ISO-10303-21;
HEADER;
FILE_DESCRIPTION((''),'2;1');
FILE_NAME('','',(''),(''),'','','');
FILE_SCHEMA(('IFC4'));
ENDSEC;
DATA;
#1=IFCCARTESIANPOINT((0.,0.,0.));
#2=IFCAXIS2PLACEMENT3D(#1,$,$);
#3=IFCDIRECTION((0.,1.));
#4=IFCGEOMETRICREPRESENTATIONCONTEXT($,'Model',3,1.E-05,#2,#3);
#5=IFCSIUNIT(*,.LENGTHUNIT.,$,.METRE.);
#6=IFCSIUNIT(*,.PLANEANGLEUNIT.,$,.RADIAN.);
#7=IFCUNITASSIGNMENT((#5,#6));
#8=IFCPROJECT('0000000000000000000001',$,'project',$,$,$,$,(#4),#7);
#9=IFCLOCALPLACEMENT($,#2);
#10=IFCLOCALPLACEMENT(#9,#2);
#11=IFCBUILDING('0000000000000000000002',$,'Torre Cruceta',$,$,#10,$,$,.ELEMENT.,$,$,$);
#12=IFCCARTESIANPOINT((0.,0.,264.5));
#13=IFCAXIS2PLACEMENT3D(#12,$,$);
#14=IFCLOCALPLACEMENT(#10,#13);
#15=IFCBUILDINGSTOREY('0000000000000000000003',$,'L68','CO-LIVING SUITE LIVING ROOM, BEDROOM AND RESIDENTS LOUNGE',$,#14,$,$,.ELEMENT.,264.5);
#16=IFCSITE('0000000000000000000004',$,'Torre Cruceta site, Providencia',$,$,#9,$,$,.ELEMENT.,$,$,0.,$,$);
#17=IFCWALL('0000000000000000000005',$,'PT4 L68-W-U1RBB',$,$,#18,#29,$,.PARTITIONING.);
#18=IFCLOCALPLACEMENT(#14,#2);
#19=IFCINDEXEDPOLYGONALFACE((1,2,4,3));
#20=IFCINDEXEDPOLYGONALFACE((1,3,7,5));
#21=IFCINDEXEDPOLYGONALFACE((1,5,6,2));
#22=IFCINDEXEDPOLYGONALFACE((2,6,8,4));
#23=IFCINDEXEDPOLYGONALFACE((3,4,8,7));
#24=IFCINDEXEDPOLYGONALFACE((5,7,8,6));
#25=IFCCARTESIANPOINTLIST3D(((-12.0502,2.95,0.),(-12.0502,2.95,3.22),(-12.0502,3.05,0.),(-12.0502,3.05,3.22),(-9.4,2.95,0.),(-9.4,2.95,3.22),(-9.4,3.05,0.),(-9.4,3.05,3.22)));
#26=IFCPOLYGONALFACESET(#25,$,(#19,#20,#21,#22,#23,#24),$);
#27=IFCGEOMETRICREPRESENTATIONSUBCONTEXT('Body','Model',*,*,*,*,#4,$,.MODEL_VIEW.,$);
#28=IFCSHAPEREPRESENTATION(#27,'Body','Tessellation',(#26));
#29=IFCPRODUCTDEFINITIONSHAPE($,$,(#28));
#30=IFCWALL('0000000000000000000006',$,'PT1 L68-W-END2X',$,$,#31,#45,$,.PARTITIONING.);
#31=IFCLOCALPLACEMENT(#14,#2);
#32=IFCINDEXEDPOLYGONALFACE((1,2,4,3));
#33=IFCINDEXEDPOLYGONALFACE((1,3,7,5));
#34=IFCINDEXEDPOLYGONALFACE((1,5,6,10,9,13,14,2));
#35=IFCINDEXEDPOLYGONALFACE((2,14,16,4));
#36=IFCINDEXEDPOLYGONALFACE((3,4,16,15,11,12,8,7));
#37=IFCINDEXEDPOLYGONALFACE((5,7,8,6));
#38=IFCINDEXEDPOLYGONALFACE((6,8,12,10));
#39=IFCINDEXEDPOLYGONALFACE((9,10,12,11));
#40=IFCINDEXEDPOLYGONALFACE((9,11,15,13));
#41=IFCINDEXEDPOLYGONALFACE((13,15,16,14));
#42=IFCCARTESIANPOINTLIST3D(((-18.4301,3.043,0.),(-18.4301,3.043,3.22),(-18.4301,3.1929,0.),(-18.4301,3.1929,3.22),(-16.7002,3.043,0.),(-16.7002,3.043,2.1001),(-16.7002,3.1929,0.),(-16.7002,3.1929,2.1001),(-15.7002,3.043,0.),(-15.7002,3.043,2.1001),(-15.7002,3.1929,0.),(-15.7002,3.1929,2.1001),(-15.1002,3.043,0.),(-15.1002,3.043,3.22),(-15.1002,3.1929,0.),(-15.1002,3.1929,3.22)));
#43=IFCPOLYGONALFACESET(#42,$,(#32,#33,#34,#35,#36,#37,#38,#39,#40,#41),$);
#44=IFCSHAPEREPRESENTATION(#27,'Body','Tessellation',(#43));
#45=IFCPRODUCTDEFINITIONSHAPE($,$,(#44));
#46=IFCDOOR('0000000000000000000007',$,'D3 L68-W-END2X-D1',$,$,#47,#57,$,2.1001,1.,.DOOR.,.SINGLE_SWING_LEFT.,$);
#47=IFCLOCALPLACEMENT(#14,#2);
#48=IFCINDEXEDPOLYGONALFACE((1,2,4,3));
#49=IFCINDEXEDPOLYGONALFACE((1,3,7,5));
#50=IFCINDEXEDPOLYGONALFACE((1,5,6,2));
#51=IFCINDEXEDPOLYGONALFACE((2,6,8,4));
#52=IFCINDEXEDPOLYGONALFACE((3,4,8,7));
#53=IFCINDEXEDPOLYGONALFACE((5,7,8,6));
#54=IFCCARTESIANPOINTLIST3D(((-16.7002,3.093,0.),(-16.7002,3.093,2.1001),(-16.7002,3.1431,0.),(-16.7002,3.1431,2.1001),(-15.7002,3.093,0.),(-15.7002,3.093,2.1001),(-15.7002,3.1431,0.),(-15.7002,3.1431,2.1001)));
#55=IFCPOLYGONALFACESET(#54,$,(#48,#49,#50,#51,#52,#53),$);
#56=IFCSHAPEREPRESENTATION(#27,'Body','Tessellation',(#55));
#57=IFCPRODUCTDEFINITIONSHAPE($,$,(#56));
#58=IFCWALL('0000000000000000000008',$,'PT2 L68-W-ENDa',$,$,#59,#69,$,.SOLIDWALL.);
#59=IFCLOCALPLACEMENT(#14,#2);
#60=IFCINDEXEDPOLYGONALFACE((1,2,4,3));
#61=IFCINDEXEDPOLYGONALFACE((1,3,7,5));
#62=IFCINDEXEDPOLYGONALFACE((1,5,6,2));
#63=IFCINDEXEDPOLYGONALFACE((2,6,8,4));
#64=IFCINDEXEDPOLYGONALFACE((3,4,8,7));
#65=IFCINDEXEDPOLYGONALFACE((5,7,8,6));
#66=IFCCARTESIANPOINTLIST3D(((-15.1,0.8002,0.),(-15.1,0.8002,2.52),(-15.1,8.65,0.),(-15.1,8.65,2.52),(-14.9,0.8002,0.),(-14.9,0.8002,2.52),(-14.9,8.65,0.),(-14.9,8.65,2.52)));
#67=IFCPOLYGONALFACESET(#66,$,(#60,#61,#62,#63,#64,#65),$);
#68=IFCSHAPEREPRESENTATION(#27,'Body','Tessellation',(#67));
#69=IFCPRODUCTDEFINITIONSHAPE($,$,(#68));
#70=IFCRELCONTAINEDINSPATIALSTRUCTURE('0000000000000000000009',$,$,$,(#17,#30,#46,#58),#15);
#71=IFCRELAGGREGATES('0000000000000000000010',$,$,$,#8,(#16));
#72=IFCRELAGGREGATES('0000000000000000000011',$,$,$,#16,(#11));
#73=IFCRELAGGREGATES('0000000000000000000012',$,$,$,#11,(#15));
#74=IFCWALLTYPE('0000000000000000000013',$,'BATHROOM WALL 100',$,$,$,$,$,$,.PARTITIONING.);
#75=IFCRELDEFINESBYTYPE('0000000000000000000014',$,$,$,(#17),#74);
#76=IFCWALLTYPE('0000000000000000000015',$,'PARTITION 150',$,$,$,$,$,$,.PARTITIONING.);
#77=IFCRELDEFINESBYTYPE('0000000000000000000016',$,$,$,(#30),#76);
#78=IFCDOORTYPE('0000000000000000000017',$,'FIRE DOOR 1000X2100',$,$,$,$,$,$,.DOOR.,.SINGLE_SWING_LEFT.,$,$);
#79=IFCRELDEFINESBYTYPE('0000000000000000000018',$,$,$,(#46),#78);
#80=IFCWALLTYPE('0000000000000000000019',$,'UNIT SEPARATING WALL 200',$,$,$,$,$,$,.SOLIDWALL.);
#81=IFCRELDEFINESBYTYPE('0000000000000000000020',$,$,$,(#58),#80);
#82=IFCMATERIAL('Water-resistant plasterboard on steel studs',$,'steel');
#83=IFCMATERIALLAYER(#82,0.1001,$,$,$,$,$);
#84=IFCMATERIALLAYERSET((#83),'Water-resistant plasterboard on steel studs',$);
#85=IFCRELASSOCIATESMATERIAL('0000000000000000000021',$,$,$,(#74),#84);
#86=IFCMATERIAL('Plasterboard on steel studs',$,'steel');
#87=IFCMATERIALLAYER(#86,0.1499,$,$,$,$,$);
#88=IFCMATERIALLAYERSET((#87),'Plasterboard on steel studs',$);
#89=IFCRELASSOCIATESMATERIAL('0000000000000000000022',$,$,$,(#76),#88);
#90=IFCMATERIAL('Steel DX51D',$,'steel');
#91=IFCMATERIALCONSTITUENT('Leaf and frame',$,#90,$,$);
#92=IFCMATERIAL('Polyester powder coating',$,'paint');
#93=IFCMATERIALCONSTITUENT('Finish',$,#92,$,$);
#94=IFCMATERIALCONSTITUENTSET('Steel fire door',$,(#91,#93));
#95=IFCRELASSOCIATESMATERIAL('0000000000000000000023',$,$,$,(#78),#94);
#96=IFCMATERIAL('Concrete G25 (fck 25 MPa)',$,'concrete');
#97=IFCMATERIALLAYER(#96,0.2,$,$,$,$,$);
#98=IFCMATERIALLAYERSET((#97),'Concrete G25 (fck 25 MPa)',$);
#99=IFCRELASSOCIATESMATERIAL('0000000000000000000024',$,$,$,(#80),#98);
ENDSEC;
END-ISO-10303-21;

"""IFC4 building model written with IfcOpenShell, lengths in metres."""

from ifc_helpers import new_model, si_unit, direction, frame, frame_2d, origin, place, context, subcontext, project, spatial, rectangle, extrude, material, layer, layer_set, constituent, constituent_set, type_object, element, fill, save


model = new_model("IFC4")

# Units and contexts
model_context = context("Model", 3, precision=1e-05, world=origin(), true_north=direction((0.0, 1.0)))
body_context = subcontext(model_context, "Body", "Model", "MODEL_VIEW")
ifc_project = project(units=[si_unit("LENGTHUNIT", "METRE"), si_unit("PLANEANGLEUNIT", "RADIAN")], contexts=[model_context])

# Site, building, storey
site_placement = place(None, origin())
site = spatial("IfcSite", under=ifc_project, at=site_placement, Name="Torre Cruceta site, Providencia", CompositionType="ELEMENT", RefElevation=0.0)
building_placement = place(site_placement, origin())
building = spatial("IfcBuilding", under=site, at=building_placement, Name="Torre Cruceta", CompositionType="ELEMENT")
storey_placement = place(building_placement, frame((0.0, 0.0, 264.5)))
storey = spatial("IfcBuildingStorey", under=building, at=storey_placement, Name="L68", Description="CO-LIVING SUITE LIVING ROOM, BEDROOM AND RESIDENTS LOUNGE", CompositionType="ELEMENT", Elevation=264.5)

# Wall
ifc_material_1 = material(Name="Water-resistant plasterboard on steel studs", Category="steel")
ifc_layer_1 = layer(ifc_material_1, 0.1001)
ifc_layer_set_1 = layer_set([ifc_layer_1], Name="Water-resistant plasterboard on steel studs")
wall_type_1 = type_object("IfcWallType", Name="BATHROOM WALL 100", PredefinedType="PARTITIONING", material=ifc_layer_set_1)
wall_1_placement = place(storey_placement, frame((-9.3999, 3.0, 0.0), z_axis=(0.0, 0.0, 1.0), x_axis=(-1.0, 0.0, 0.0)))
element("IfcWall", 1, at=wall_1_placement, inside=storey, type_object=wall_type_1, Name="PT4 L68-W-U1RBB", PredefinedType="PARTITIONING", context=body_context, shape_type="SweptSolid", body=[
    extrude(rectangle(XDim=2.6501, YDim=0.1001, at=frame_2d((1.3252, 0.0))), origin(), (0.0, 0.0, 1.0), 3.22),
])

# Wall, opening, door
ifc_material_2 = material(Name="Plasterboard on steel studs", Category="steel")
ifc_layer_2 = layer(ifc_material_2, 0.1499)
ifc_layer_set_2 = layer_set([ifc_layer_2], Name="Plasterboard on steel studs")
wall_type_2 = type_object("IfcWallType", Name="PARTITION 150", PredefinedType="PARTITIONING", material=ifc_layer_set_2)
wall_2_placement = place(storey_placement, frame((-15.1001, 3.1179, 0.0), z_axis=(0.0, 0.0, 1.0), x_axis=(-1.0, 0.0, 0.0)))
wall_2 = element("IfcWall", 2, at=wall_2_placement, inside=storey, type_object=wall_type_2, Name="PT1 L68-W-END2X", PredefinedType="PARTITIONING", context=body_context, shape_type="SweptSolid", body=[
    extrude(rectangle(XDim=3.3298, YDim=0.1499, at=frame_2d((1.665, 0.0))), origin(), (0.0, 0.0, 1.0), 3.22),
])
opening_1_placement = place(wall_2_placement, frame((0.6001, 0.0, 0.0)))
opening_1 = element("IfcOpeningElement", 3, at=opening_1_placement, cuts=wall_2, PredefinedType="OPENING", context=body_context, shape_type="SweptSolid", body=[
    extrude(rectangle(XDim=1.0, YDim=2.1001, at=frame_2d((0.5, 1.05))), frame((0.0, 0.085, 0.0), z_axis=(0.0, -1.0, 0.0), x_axis=(1.0, 0.0, 0.0)), (0.0, 0.0, 1.0), 0.1699),
])
ifc_material_3 = material(Name="Steel DX51D", Category="steel")
ifc_constituent_1 = constituent(ifc_material_3, Name="Leaf and frame")
ifc_material_4 = material(Name="Polyester powder coating", Category="paint")
ifc_constituent_2 = constituent(ifc_material_4, Name="Finish")
ifc_constituent_set_1 = constituent_set(constituents=[ifc_constituent_1, ifc_constituent_2], Name="Steel fire door")
door_type_1 = type_object("IfcDoorType", Name="FIRE DOOR 1000X2100", OperationType="SINGLE_SWING_LEFT", PredefinedType="DOOR", material=ifc_constituent_set_1)
door_1_placement = place(opening_1_placement, origin())
door_1 = element("IfcDoor", 4, at=door_1_placement, inside=storey, type_object=door_type_1, Name="D3 L68-W-END2X-D1", OperationType="SINGLE_SWING_LEFT", OverallHeight=2.1001, OverallWidth=1.0, PredefinedType="DOOR", context=body_context, shape_type="SweptSolid", body=[
    extrude(rectangle(XDim=1.0, YDim=2.1001, at=frame_2d((0.5, 1.05))), frame((0.0, 0.0249, 0.0), z_axis=(0.0, -1.0, 0.0), x_axis=(1.0, 0.0, 0.0)), (0.0, 0.0, 1.0), 0.05),
])
fill(opening_1, door_1)

# Wall
ifc_material_5 = material(Name="Concrete G25 (fck 25 MPa)", Category="concrete")
ifc_layer_3 = layer(ifc_material_5, 0.2)
ifc_layer_set_3 = layer_set([ifc_layer_3], Name="Concrete G25 (fck 25 MPa)")
wall_type_3 = type_object("IfcWallType", Name="UNIT SEPARATING WALL 200", PredefinedType="SOLIDWALL", material=ifc_layer_set_3)
wall_3_placement = place(storey_placement, frame((-15.0, 8.6499, 0.0), z_axis=(0.0, 0.0, 1.0), x_axis=(0.0, -1.0, 0.0)))
element("IfcWall", 5, at=wall_3_placement, inside=storey, type_object=wall_type_3, Name="PT2 L68-W-ENDa", PredefinedType="SOLIDWALL", context=body_context, shape_type="SweptSolid", body=[
    extrude(rectangle(XDim=7.8499, YDim=0.2, at=frame_2d((3.9248, 0.0))), origin(), (0.0, 0.0, 1.0), 2.52),
])

save(model, "model.ifc")
